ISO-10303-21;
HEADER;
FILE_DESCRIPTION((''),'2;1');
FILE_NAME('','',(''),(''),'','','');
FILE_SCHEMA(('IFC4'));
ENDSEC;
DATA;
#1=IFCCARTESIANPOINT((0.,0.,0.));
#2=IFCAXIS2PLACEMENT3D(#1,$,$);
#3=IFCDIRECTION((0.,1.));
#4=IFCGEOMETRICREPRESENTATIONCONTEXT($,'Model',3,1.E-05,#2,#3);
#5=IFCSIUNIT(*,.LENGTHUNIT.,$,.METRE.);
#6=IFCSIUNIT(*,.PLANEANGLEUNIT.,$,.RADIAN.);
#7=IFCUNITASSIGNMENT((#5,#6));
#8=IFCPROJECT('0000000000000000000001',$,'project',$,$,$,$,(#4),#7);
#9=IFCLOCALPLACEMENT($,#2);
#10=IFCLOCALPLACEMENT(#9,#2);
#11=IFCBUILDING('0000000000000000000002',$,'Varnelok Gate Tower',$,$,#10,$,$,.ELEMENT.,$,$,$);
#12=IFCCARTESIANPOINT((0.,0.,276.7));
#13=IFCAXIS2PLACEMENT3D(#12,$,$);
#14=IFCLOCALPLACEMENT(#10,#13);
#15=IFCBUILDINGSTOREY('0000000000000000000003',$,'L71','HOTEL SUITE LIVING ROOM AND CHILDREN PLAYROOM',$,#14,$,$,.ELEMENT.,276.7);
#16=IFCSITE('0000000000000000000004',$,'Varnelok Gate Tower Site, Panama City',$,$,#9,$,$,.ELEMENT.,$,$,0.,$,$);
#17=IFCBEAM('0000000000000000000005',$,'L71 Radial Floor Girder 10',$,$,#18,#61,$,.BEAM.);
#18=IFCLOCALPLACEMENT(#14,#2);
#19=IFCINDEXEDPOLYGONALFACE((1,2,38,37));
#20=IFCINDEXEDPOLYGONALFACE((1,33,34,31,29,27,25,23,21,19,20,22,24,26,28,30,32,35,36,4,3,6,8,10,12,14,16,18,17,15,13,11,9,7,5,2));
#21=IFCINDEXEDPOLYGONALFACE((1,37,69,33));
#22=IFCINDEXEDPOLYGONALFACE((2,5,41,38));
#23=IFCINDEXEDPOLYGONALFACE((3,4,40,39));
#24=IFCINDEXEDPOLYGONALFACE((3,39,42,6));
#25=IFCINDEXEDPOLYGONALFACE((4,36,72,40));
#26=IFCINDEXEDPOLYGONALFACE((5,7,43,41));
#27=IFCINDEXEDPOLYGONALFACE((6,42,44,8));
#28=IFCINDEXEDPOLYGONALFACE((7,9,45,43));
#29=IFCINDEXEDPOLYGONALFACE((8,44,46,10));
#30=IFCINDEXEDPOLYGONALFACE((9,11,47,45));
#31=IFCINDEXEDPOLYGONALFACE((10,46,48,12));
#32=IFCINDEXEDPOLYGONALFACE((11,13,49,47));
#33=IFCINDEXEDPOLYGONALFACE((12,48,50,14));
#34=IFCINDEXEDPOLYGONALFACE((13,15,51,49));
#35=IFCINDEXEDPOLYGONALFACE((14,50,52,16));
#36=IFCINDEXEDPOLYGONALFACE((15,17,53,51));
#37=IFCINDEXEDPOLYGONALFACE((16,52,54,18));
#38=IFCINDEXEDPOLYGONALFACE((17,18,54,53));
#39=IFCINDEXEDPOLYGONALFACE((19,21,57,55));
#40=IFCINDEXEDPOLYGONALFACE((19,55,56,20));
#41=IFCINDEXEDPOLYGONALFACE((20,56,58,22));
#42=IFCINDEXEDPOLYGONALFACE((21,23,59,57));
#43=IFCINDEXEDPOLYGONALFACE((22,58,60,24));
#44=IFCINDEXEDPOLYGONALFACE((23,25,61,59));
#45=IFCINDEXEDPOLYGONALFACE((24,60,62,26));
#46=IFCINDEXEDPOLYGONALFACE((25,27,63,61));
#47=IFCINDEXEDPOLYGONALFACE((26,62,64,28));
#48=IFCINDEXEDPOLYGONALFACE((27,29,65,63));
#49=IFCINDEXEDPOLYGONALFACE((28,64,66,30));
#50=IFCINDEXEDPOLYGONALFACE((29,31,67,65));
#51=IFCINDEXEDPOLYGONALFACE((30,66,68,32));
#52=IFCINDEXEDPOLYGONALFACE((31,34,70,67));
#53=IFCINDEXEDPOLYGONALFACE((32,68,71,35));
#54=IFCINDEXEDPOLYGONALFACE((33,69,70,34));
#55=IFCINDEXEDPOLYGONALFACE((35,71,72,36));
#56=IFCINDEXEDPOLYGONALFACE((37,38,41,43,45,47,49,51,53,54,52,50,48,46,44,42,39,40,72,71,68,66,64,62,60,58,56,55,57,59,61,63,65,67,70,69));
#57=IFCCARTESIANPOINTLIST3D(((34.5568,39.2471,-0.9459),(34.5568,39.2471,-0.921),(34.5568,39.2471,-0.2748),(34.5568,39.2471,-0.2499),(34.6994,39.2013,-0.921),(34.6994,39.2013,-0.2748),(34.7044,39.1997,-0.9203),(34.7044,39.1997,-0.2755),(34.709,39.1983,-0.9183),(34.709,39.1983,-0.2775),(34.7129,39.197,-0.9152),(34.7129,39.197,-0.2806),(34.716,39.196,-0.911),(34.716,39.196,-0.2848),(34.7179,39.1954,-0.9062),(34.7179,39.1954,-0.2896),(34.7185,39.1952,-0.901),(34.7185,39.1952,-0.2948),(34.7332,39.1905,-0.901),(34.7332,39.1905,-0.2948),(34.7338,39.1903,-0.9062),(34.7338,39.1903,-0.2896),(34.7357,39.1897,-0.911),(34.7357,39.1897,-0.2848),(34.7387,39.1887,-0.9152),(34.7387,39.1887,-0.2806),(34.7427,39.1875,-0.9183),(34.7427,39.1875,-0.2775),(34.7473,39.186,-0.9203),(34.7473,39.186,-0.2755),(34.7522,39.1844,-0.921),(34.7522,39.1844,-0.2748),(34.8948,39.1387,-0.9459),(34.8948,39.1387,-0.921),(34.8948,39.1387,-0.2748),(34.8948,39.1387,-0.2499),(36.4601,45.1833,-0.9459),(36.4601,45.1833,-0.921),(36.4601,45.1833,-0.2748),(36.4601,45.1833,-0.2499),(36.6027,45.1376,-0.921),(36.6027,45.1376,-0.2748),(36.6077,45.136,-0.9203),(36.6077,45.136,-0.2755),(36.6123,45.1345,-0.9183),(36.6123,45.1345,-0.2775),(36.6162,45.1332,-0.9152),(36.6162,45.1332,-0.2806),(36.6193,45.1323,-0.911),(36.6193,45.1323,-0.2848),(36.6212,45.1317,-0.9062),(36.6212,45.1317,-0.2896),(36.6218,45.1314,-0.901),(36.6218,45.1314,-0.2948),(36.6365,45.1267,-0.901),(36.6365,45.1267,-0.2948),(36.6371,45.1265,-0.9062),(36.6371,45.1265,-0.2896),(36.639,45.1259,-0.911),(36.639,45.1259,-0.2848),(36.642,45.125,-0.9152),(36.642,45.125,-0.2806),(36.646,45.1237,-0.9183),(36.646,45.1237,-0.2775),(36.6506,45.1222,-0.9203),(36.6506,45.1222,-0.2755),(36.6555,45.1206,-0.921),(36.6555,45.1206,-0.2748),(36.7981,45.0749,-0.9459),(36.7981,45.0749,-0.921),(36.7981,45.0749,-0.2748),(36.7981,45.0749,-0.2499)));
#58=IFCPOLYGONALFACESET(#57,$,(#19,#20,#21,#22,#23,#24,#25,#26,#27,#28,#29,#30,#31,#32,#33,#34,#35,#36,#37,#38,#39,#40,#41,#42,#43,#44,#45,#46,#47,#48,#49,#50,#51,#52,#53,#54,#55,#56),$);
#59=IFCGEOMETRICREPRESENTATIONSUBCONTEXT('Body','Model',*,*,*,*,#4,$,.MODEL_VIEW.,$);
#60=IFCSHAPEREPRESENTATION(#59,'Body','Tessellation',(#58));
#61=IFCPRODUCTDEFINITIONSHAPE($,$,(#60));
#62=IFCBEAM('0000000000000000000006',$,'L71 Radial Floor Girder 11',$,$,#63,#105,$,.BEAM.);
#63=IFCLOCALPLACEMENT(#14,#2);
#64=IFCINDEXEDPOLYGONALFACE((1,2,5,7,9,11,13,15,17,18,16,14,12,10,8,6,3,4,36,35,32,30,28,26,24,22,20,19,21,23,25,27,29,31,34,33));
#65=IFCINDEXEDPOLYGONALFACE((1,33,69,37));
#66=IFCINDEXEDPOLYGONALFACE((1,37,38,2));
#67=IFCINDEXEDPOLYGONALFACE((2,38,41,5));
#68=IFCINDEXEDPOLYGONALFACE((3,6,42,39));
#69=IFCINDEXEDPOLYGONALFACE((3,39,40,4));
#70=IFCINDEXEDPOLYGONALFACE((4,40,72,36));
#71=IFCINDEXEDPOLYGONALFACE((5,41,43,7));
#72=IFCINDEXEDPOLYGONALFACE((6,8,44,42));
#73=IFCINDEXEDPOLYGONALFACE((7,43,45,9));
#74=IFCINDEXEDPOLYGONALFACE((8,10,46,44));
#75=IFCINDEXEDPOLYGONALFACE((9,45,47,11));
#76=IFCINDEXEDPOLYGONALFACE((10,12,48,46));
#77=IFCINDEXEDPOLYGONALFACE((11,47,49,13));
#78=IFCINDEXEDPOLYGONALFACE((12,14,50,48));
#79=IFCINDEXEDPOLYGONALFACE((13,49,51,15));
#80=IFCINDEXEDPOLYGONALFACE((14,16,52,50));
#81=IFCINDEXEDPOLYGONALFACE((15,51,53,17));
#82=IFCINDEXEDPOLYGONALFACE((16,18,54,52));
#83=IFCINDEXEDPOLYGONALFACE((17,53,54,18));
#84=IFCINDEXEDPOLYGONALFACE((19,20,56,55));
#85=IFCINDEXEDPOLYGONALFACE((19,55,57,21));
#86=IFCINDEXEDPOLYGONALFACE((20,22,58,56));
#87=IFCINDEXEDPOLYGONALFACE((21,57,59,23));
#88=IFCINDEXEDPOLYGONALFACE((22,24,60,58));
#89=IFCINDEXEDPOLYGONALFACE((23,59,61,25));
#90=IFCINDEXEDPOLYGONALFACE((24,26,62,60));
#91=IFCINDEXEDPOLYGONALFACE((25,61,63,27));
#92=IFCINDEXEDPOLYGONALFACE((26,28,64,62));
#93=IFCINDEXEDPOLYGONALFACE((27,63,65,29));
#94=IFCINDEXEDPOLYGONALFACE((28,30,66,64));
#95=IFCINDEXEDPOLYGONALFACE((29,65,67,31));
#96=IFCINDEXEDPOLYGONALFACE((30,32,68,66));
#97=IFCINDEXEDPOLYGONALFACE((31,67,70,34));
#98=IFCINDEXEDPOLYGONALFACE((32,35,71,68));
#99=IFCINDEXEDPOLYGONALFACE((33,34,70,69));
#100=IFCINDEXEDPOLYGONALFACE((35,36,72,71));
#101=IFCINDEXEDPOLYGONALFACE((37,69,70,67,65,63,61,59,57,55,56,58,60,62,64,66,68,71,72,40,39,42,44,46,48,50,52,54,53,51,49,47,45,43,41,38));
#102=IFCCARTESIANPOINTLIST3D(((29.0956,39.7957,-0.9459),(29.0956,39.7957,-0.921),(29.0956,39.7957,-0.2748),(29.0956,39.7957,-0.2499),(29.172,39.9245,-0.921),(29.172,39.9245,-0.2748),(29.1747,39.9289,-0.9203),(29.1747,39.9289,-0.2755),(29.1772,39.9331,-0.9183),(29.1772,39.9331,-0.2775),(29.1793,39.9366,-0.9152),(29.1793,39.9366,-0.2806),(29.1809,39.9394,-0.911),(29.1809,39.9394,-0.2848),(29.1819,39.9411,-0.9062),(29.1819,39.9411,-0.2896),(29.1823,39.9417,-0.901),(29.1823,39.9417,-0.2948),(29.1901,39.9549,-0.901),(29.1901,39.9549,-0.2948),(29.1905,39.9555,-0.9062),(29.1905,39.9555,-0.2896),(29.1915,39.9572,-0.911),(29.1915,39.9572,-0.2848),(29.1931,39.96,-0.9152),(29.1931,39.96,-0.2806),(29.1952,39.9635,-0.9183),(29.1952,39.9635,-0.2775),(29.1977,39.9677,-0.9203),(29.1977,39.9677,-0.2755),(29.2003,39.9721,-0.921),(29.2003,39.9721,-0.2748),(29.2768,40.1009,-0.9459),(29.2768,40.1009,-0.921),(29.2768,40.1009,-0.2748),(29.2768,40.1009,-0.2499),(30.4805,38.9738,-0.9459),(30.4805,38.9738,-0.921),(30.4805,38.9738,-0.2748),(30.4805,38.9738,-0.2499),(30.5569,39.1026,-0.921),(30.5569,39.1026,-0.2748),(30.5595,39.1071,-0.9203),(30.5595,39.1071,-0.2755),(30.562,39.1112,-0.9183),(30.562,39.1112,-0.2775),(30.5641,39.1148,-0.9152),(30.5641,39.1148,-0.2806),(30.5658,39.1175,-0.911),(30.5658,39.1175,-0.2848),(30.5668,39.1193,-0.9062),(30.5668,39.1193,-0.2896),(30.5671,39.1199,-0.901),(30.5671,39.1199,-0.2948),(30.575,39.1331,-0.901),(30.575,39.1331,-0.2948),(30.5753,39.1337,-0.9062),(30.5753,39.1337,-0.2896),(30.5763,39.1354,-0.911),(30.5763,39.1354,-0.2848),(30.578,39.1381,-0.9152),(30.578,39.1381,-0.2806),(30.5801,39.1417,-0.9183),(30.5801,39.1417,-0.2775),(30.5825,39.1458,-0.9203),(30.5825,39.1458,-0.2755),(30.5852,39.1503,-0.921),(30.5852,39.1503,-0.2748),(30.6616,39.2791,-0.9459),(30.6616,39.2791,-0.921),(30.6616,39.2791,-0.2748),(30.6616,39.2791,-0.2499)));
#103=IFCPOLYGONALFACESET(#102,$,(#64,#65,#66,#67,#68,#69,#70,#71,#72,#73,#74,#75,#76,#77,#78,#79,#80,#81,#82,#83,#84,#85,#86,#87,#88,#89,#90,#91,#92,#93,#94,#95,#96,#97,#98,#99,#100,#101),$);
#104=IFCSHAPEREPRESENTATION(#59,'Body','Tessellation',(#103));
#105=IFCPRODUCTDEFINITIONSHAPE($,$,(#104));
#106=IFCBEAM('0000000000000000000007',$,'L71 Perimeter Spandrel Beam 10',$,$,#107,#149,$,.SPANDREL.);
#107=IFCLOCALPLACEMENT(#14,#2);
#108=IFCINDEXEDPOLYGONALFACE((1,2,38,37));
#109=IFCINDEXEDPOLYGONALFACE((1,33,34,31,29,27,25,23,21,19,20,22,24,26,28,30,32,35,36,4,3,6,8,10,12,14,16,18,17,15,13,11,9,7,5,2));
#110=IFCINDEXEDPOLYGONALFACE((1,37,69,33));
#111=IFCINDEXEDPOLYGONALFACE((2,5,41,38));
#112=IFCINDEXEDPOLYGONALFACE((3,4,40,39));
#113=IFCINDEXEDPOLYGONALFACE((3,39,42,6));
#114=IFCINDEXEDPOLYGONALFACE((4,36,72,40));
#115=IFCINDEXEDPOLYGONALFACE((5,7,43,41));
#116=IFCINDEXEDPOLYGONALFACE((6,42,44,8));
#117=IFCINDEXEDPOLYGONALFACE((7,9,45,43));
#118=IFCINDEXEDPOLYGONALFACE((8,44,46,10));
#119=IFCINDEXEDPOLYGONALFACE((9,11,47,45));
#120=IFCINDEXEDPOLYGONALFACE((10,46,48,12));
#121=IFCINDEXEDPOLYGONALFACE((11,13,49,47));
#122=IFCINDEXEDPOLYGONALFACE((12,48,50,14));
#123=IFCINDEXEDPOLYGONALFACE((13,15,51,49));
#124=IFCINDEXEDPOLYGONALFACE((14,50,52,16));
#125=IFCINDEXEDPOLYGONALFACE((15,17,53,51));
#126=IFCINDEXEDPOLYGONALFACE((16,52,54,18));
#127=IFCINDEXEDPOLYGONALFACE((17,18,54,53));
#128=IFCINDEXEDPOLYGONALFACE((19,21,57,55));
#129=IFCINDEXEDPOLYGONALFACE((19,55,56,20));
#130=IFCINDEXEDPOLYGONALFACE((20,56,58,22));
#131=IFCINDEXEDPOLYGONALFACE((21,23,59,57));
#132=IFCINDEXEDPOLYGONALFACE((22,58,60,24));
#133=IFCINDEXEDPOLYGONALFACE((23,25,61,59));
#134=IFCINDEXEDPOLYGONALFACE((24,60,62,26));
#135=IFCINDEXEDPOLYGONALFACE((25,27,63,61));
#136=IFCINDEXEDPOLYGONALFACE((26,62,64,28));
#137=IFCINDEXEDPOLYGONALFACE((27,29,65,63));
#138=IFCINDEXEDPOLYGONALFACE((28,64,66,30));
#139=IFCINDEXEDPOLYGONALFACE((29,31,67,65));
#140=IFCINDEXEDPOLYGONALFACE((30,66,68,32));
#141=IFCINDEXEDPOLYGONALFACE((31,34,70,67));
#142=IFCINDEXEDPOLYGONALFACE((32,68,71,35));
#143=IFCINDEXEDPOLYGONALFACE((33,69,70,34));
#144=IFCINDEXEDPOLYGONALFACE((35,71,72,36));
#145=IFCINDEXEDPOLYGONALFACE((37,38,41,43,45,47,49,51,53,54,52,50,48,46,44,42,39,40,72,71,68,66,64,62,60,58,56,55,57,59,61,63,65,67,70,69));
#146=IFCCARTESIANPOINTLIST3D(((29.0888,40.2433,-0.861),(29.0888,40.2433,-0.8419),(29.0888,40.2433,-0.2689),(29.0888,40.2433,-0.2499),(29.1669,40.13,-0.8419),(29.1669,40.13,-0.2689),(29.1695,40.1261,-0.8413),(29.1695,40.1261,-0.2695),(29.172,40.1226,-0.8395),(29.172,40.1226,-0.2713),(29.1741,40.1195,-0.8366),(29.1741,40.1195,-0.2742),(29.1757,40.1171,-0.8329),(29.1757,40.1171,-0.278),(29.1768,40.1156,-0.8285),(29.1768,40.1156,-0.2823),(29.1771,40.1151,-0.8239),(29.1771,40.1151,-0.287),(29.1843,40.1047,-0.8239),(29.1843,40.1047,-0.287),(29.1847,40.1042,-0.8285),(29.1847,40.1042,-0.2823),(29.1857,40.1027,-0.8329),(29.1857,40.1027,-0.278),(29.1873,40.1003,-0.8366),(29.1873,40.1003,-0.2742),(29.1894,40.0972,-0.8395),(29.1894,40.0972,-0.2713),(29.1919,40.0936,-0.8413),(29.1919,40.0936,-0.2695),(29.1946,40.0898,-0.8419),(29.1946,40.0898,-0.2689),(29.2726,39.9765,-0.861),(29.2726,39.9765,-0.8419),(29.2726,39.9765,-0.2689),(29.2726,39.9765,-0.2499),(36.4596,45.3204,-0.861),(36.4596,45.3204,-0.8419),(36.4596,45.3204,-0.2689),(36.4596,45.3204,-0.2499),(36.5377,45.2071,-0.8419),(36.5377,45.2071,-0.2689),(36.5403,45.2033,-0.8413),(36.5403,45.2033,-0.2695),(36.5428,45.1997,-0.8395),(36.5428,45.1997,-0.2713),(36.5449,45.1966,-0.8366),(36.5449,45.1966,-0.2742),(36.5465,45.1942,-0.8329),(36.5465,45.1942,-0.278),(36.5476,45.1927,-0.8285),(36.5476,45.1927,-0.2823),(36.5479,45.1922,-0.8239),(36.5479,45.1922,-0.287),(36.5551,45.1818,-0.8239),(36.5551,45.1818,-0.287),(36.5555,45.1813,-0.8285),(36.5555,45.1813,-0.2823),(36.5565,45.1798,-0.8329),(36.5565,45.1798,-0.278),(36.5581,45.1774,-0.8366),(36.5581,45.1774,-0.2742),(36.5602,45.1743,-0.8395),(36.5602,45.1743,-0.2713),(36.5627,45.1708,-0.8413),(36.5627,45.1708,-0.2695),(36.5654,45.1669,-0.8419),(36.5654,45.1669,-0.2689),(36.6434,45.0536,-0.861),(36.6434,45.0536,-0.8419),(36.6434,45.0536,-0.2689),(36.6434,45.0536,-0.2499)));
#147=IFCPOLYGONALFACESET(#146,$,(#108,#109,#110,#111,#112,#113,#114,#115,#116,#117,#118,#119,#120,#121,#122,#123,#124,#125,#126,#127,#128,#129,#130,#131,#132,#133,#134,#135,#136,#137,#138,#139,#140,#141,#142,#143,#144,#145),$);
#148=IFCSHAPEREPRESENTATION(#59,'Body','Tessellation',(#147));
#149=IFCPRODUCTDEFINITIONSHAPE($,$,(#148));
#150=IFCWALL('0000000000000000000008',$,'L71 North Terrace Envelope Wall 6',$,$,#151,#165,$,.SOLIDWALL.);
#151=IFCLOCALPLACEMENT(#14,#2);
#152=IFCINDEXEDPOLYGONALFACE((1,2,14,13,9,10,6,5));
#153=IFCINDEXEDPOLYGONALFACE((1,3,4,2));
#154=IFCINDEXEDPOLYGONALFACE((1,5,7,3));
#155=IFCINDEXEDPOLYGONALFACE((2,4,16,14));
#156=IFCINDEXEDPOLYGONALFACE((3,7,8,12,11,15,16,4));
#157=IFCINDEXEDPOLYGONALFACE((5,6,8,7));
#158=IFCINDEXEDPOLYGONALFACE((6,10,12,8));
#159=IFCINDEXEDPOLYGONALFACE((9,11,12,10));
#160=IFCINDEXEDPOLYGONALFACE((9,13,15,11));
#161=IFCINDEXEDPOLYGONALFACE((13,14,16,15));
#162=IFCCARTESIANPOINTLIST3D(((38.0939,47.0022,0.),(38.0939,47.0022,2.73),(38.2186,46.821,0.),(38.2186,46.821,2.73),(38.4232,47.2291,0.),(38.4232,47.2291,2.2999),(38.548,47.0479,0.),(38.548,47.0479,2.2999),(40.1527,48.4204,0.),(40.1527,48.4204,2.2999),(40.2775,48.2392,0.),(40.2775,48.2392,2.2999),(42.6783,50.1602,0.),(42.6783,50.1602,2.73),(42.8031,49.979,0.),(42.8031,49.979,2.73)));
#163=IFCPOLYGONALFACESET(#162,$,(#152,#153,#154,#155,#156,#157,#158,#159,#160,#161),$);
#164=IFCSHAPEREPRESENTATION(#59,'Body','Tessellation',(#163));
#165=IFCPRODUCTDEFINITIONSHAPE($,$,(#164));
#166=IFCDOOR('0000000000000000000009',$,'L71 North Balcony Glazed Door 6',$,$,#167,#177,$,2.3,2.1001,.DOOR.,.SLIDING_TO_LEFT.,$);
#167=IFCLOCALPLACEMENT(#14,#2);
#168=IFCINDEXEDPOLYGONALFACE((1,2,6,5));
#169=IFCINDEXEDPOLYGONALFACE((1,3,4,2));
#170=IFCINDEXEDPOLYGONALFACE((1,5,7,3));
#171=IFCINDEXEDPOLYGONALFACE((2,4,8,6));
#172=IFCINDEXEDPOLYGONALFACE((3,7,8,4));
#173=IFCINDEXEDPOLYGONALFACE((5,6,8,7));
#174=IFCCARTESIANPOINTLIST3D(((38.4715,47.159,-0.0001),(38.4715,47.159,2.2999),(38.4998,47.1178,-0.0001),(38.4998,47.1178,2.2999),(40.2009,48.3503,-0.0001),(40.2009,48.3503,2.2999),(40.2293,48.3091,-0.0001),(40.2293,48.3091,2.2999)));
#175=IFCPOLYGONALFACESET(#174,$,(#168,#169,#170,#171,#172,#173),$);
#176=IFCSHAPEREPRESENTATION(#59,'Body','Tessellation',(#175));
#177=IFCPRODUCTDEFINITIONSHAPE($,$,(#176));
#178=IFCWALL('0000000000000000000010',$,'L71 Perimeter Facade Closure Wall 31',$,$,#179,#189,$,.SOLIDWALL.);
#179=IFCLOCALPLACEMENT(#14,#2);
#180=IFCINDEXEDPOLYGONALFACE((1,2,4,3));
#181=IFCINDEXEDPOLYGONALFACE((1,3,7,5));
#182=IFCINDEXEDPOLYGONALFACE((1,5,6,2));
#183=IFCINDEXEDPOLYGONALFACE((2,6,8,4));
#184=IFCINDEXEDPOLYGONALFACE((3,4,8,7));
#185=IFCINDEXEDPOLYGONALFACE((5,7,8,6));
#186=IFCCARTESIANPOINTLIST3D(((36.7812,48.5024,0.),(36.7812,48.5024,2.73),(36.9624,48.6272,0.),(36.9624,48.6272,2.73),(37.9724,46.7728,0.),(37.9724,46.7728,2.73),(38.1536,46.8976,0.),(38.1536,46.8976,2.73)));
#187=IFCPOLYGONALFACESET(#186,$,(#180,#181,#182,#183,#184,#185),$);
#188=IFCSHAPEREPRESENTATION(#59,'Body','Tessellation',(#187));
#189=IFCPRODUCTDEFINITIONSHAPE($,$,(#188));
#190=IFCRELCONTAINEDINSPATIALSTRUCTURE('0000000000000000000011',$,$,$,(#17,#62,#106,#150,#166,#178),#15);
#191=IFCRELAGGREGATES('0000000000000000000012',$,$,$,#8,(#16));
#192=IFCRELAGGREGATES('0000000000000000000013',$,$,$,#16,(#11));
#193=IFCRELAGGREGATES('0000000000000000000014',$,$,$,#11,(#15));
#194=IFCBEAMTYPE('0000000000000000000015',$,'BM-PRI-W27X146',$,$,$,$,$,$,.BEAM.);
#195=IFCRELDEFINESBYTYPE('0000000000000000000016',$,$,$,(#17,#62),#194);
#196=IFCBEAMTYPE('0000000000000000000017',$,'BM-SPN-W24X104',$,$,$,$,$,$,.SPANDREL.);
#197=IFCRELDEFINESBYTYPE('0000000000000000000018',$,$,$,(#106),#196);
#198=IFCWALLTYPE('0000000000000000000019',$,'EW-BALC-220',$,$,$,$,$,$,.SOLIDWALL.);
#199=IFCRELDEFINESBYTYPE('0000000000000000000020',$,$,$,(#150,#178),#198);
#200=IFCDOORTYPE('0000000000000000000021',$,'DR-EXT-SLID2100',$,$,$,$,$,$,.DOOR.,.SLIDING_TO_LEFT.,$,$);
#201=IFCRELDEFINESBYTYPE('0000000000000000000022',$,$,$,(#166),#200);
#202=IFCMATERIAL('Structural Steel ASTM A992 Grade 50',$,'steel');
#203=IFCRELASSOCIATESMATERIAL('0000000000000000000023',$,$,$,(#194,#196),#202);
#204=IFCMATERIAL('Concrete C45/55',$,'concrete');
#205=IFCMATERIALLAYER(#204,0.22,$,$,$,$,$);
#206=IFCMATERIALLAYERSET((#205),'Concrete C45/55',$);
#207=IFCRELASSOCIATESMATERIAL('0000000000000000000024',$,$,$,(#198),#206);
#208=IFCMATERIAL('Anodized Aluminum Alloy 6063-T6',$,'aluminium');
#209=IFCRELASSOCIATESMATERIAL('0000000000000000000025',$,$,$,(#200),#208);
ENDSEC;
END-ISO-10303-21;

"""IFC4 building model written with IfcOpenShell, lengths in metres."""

from ifc_helpers import new_model, si_unit, direction, frame, frame_2d, origin, origin_2d, place, context, subcontext, project, spatial, rectangle, i_section, extrude, material, layer, layer_set, material_profile, profile_set, type_object, element, fill, save


model = new_model("IFC4")

# Units and contexts
model_context = context("Model", 3, precision=1e-05, world=origin(), true_north=direction((0.0, 1.0)))
body_context = subcontext(model_context, "Body", "Model", "MODEL_VIEW")
ifc_project = project(units=[si_unit("LENGTHUNIT", "METRE"), si_unit("PLANEANGLEUNIT", "RADIAN")], contexts=[model_context])

# Site, building, storey
site_placement = place(None, origin())
site = spatial("IfcSite", under=ifc_project, at=site_placement, Name="Varnelok Gate Tower Site, Panama City", CompositionType="ELEMENT", RefElevation=0.0)
building_placement = place(site_placement, origin())
building = spatial("IfcBuilding", under=site, at=building_placement, Name="Varnelok Gate Tower", CompositionType="ELEMENT")
storey_placement = place(building_placement, frame((0.0, 0.0, 276.7)))
storey = spatial("IfcBuildingStorey", under=building, at=storey_placement, Name="L71", Description="HOTEL SUITE LIVING ROOM AND CHILDREN PLAYROOM", CompositionType="ELEMENT", Elevation=276.7)

# Shared definitions
ifc_material_1 = material(Name="Structural Steel ASTM A992 Grade 50", Category="steel")

# Beams
ifc_material_profile_1 = material_profile(ifc_material_1, i_section(OverallWidth=0.355, OverallDepth=0.696, WebThickness=0.0154, FlangeThickness=0.0249, FilletRadius=0.02, at=origin_2d()), Name="W27X146")
ifc_profile_set_1 = profile_set([ifc_material_profile_1], Name="Structural Steel ASTM A992 Grade 50")
beam_type_1 = type_object("IfcBeamType", Name="BM-PRI-W27X146", PredefinedType="BEAM", material=ifc_profile_set_1)
beam_1_placement = place(storey_placement, frame((34.7258, 39.1929, -0.5979), z_axis=(0.305316, 0.952251, 0.0), x_axis=(-0.952251, 0.305316, 0.0)))
element("IfcBeam", 1, at=beam_1_placement, inside=storey, type_object=beam_type_1, Name="L71 Radial Floor Girder 10", PredefinedType="BEAM", context=body_context, shape_type="SweptSolid", body=[
    extrude(i_section(OverallWidth=0.355, OverallDepth=0.696, WebThickness=0.0154, FlangeThickness=0.0249, FilletRadius=0.02, at=origin_2d()), origin(), (0.0, 0.0, 1.0), 6.2339),
])
beam_2_placement = place(storey_placement, frame((30.571, 39.1265, -0.5979), z_axis=(-0.859971, 0.510343, 0.0), x_axis=(-0.510343, -0.859971, 0.0)))
element("IfcBeam", 2, at=beam_2_placement, inside=storey, type_object=beam_type_1, Name="L71 Radial Floor Girder 11", PredefinedType="BEAM", context=body_context, shape_type="SweptSolid", body=[
    extrude(i_section(OverallWidth=0.355, OverallDepth=0.696, WebThickness=0.0154, FlangeThickness=0.0249, FilletRadius=0.02, at=origin_2d()), origin(), (0.0, 0.0, 1.0), 1.6104),
])
ifc_material_profile_2 = material_profile(ifc_material_1, i_section(OverallWidth=0.324, OverallDepth=0.6111, WebThickness=0.0127, FlangeThickness=0.019, FilletRadius=0.0181, at=origin_2d()), Name="W24X104")
ifc_profile_set_2 = profile_set([ifc_material_profile_2], Name="Structural Steel ASTM A992 Grade 50")
beam_type_2 = type_object("IfcBeamType", Name="BM-SPN-W24X104", PredefinedType="SPANDREL", material=ifc_profile_set_2)
beam_3_placement = place(storey_placement, frame((36.5515, 45.187, -0.5554), z_axis=(-0.823536, -0.567264, 0.0), x_axis=(0.567264, -0.823536, 0.0)))
element("IfcBeam", 3, at=beam_3_placement, inside=storey, type_object=beam_type_2, Name="L71 Perimeter Spandrel Beam 10", PredefinedType="SPANDREL", context=body_context, shape_type="SweptSolid", body=[
    extrude(i_section(OverallWidth=0.324, OverallDepth=0.6111, WebThickness=0.0127, FlangeThickness=0.019, FilletRadius=0.0181, at=origin_2d()), origin(), (0.0, 0.0, 1.0), 8.9502),
])

# Wall, opening, door
ifc_material_2 = material(Name="Concrete C45/55", Category="concrete")
ifc_layer_1 = layer(ifc_material_2, 0.22)
ifc_layer_set_1 = layer_set([ifc_layer_1], Name="Concrete C45/55")
wall_type_1 = type_object("IfcWallType", Name="EW-BALC-220", PredefinedType="SOLIDWALL", material=ifc_layer_set_1)
wall_1_placement = place(storey_placement, frame((38.1562, 46.9116, 0.0), z_axis=(0.0, 0.0, 1.0), x_axis=(0.823527, 0.567277, 0.0)))
wall_1 = element("IfcWall", 4, at=wall_1_placement, inside=storey, type_object=wall_type_1, Name="L71 North Terrace Envelope Wall 6", PredefinedType="SOLIDWALL", context=body_context, shape_type="SweptSolid", body=[
    extrude(rectangle(XDim=5.5669, YDim=0.22, at=frame_2d((2.7834, 0.0))), origin(), (0.0, 0.0, 1.0), 2.73),
])
opening_1_placement = place(wall_1_placement, frame((0.3999, 0.0, 0.0)))
opening_1 = element("IfcOpeningElement", 5, at=opening_1_placement, cuts=wall_1, PredefinedType="OPENING", context=body_context, shape_type="SweptSolid", body=[
    extrude(rectangle(XDim=2.1001, YDim=2.3, at=frame_2d((1.05, 1.1499))), frame((0.0, 0.1199, 0.0), z_axis=(0.0, -1.0, 0.0), x_axis=(1.0, 0.0, 0.0)), (0.0, 0.0, 1.0), 0.24),
])
ifc_material_3 = material(Name="Anodized Aluminum Alloy 6063-T6", Category="aluminium")
door_type_1 = type_object("IfcDoorType", Name="DR-EXT-SLID2100", OperationType="SLIDING_TO_LEFT", PredefinedType="DOOR", material=ifc_material_3)
door_1_placement = place(opening_1_placement, origin())
door_1 = element("IfcDoor", 6, at=door_1_placement, inside=storey, type_object=door_type_1, Name="L71 North Balcony Glazed Door 6", OperationType="SLIDING_TO_LEFT", OverallHeight=2.3, OverallWidth=2.1001, PredefinedType="DOOR", context=body_context, shape_type="SweptSolid", body=[
    extrude(rectangle(XDim=2.1001, YDim=2.3, at=frame_2d((1.05, 1.1499))), frame((0.0, 0.0249, 0.0), z_axis=(0.0, -1.0, 0.0), x_axis=(1.0, 0.0, 0.0)), (0.0, 0.0, 1.0), 0.05),
])
fill(opening_1, door_1)

# Wall
wall_2_placement = place(storey_placement, frame((38.063, 46.8352, 0.0), z_axis=(0.0, 0.0, 1.0), x_axis=(-0.567219, 0.823567, 0.0)))
element("IfcWall", 7, at=wall_2_placement, inside=storey, type_object=wall_type_1, Name="L71 Perimeter Facade Closure Wall 31", PredefinedType="SOLIDWALL", context=body_context, shape_type="SweptSolid", body=[
    extrude(rectangle(XDim=2.1001, YDim=0.22, at=frame_2d((1.05, 0.0))), origin(), (0.0, 0.0, 1.0), 2.73),
])

save(model, "model.ifc")
